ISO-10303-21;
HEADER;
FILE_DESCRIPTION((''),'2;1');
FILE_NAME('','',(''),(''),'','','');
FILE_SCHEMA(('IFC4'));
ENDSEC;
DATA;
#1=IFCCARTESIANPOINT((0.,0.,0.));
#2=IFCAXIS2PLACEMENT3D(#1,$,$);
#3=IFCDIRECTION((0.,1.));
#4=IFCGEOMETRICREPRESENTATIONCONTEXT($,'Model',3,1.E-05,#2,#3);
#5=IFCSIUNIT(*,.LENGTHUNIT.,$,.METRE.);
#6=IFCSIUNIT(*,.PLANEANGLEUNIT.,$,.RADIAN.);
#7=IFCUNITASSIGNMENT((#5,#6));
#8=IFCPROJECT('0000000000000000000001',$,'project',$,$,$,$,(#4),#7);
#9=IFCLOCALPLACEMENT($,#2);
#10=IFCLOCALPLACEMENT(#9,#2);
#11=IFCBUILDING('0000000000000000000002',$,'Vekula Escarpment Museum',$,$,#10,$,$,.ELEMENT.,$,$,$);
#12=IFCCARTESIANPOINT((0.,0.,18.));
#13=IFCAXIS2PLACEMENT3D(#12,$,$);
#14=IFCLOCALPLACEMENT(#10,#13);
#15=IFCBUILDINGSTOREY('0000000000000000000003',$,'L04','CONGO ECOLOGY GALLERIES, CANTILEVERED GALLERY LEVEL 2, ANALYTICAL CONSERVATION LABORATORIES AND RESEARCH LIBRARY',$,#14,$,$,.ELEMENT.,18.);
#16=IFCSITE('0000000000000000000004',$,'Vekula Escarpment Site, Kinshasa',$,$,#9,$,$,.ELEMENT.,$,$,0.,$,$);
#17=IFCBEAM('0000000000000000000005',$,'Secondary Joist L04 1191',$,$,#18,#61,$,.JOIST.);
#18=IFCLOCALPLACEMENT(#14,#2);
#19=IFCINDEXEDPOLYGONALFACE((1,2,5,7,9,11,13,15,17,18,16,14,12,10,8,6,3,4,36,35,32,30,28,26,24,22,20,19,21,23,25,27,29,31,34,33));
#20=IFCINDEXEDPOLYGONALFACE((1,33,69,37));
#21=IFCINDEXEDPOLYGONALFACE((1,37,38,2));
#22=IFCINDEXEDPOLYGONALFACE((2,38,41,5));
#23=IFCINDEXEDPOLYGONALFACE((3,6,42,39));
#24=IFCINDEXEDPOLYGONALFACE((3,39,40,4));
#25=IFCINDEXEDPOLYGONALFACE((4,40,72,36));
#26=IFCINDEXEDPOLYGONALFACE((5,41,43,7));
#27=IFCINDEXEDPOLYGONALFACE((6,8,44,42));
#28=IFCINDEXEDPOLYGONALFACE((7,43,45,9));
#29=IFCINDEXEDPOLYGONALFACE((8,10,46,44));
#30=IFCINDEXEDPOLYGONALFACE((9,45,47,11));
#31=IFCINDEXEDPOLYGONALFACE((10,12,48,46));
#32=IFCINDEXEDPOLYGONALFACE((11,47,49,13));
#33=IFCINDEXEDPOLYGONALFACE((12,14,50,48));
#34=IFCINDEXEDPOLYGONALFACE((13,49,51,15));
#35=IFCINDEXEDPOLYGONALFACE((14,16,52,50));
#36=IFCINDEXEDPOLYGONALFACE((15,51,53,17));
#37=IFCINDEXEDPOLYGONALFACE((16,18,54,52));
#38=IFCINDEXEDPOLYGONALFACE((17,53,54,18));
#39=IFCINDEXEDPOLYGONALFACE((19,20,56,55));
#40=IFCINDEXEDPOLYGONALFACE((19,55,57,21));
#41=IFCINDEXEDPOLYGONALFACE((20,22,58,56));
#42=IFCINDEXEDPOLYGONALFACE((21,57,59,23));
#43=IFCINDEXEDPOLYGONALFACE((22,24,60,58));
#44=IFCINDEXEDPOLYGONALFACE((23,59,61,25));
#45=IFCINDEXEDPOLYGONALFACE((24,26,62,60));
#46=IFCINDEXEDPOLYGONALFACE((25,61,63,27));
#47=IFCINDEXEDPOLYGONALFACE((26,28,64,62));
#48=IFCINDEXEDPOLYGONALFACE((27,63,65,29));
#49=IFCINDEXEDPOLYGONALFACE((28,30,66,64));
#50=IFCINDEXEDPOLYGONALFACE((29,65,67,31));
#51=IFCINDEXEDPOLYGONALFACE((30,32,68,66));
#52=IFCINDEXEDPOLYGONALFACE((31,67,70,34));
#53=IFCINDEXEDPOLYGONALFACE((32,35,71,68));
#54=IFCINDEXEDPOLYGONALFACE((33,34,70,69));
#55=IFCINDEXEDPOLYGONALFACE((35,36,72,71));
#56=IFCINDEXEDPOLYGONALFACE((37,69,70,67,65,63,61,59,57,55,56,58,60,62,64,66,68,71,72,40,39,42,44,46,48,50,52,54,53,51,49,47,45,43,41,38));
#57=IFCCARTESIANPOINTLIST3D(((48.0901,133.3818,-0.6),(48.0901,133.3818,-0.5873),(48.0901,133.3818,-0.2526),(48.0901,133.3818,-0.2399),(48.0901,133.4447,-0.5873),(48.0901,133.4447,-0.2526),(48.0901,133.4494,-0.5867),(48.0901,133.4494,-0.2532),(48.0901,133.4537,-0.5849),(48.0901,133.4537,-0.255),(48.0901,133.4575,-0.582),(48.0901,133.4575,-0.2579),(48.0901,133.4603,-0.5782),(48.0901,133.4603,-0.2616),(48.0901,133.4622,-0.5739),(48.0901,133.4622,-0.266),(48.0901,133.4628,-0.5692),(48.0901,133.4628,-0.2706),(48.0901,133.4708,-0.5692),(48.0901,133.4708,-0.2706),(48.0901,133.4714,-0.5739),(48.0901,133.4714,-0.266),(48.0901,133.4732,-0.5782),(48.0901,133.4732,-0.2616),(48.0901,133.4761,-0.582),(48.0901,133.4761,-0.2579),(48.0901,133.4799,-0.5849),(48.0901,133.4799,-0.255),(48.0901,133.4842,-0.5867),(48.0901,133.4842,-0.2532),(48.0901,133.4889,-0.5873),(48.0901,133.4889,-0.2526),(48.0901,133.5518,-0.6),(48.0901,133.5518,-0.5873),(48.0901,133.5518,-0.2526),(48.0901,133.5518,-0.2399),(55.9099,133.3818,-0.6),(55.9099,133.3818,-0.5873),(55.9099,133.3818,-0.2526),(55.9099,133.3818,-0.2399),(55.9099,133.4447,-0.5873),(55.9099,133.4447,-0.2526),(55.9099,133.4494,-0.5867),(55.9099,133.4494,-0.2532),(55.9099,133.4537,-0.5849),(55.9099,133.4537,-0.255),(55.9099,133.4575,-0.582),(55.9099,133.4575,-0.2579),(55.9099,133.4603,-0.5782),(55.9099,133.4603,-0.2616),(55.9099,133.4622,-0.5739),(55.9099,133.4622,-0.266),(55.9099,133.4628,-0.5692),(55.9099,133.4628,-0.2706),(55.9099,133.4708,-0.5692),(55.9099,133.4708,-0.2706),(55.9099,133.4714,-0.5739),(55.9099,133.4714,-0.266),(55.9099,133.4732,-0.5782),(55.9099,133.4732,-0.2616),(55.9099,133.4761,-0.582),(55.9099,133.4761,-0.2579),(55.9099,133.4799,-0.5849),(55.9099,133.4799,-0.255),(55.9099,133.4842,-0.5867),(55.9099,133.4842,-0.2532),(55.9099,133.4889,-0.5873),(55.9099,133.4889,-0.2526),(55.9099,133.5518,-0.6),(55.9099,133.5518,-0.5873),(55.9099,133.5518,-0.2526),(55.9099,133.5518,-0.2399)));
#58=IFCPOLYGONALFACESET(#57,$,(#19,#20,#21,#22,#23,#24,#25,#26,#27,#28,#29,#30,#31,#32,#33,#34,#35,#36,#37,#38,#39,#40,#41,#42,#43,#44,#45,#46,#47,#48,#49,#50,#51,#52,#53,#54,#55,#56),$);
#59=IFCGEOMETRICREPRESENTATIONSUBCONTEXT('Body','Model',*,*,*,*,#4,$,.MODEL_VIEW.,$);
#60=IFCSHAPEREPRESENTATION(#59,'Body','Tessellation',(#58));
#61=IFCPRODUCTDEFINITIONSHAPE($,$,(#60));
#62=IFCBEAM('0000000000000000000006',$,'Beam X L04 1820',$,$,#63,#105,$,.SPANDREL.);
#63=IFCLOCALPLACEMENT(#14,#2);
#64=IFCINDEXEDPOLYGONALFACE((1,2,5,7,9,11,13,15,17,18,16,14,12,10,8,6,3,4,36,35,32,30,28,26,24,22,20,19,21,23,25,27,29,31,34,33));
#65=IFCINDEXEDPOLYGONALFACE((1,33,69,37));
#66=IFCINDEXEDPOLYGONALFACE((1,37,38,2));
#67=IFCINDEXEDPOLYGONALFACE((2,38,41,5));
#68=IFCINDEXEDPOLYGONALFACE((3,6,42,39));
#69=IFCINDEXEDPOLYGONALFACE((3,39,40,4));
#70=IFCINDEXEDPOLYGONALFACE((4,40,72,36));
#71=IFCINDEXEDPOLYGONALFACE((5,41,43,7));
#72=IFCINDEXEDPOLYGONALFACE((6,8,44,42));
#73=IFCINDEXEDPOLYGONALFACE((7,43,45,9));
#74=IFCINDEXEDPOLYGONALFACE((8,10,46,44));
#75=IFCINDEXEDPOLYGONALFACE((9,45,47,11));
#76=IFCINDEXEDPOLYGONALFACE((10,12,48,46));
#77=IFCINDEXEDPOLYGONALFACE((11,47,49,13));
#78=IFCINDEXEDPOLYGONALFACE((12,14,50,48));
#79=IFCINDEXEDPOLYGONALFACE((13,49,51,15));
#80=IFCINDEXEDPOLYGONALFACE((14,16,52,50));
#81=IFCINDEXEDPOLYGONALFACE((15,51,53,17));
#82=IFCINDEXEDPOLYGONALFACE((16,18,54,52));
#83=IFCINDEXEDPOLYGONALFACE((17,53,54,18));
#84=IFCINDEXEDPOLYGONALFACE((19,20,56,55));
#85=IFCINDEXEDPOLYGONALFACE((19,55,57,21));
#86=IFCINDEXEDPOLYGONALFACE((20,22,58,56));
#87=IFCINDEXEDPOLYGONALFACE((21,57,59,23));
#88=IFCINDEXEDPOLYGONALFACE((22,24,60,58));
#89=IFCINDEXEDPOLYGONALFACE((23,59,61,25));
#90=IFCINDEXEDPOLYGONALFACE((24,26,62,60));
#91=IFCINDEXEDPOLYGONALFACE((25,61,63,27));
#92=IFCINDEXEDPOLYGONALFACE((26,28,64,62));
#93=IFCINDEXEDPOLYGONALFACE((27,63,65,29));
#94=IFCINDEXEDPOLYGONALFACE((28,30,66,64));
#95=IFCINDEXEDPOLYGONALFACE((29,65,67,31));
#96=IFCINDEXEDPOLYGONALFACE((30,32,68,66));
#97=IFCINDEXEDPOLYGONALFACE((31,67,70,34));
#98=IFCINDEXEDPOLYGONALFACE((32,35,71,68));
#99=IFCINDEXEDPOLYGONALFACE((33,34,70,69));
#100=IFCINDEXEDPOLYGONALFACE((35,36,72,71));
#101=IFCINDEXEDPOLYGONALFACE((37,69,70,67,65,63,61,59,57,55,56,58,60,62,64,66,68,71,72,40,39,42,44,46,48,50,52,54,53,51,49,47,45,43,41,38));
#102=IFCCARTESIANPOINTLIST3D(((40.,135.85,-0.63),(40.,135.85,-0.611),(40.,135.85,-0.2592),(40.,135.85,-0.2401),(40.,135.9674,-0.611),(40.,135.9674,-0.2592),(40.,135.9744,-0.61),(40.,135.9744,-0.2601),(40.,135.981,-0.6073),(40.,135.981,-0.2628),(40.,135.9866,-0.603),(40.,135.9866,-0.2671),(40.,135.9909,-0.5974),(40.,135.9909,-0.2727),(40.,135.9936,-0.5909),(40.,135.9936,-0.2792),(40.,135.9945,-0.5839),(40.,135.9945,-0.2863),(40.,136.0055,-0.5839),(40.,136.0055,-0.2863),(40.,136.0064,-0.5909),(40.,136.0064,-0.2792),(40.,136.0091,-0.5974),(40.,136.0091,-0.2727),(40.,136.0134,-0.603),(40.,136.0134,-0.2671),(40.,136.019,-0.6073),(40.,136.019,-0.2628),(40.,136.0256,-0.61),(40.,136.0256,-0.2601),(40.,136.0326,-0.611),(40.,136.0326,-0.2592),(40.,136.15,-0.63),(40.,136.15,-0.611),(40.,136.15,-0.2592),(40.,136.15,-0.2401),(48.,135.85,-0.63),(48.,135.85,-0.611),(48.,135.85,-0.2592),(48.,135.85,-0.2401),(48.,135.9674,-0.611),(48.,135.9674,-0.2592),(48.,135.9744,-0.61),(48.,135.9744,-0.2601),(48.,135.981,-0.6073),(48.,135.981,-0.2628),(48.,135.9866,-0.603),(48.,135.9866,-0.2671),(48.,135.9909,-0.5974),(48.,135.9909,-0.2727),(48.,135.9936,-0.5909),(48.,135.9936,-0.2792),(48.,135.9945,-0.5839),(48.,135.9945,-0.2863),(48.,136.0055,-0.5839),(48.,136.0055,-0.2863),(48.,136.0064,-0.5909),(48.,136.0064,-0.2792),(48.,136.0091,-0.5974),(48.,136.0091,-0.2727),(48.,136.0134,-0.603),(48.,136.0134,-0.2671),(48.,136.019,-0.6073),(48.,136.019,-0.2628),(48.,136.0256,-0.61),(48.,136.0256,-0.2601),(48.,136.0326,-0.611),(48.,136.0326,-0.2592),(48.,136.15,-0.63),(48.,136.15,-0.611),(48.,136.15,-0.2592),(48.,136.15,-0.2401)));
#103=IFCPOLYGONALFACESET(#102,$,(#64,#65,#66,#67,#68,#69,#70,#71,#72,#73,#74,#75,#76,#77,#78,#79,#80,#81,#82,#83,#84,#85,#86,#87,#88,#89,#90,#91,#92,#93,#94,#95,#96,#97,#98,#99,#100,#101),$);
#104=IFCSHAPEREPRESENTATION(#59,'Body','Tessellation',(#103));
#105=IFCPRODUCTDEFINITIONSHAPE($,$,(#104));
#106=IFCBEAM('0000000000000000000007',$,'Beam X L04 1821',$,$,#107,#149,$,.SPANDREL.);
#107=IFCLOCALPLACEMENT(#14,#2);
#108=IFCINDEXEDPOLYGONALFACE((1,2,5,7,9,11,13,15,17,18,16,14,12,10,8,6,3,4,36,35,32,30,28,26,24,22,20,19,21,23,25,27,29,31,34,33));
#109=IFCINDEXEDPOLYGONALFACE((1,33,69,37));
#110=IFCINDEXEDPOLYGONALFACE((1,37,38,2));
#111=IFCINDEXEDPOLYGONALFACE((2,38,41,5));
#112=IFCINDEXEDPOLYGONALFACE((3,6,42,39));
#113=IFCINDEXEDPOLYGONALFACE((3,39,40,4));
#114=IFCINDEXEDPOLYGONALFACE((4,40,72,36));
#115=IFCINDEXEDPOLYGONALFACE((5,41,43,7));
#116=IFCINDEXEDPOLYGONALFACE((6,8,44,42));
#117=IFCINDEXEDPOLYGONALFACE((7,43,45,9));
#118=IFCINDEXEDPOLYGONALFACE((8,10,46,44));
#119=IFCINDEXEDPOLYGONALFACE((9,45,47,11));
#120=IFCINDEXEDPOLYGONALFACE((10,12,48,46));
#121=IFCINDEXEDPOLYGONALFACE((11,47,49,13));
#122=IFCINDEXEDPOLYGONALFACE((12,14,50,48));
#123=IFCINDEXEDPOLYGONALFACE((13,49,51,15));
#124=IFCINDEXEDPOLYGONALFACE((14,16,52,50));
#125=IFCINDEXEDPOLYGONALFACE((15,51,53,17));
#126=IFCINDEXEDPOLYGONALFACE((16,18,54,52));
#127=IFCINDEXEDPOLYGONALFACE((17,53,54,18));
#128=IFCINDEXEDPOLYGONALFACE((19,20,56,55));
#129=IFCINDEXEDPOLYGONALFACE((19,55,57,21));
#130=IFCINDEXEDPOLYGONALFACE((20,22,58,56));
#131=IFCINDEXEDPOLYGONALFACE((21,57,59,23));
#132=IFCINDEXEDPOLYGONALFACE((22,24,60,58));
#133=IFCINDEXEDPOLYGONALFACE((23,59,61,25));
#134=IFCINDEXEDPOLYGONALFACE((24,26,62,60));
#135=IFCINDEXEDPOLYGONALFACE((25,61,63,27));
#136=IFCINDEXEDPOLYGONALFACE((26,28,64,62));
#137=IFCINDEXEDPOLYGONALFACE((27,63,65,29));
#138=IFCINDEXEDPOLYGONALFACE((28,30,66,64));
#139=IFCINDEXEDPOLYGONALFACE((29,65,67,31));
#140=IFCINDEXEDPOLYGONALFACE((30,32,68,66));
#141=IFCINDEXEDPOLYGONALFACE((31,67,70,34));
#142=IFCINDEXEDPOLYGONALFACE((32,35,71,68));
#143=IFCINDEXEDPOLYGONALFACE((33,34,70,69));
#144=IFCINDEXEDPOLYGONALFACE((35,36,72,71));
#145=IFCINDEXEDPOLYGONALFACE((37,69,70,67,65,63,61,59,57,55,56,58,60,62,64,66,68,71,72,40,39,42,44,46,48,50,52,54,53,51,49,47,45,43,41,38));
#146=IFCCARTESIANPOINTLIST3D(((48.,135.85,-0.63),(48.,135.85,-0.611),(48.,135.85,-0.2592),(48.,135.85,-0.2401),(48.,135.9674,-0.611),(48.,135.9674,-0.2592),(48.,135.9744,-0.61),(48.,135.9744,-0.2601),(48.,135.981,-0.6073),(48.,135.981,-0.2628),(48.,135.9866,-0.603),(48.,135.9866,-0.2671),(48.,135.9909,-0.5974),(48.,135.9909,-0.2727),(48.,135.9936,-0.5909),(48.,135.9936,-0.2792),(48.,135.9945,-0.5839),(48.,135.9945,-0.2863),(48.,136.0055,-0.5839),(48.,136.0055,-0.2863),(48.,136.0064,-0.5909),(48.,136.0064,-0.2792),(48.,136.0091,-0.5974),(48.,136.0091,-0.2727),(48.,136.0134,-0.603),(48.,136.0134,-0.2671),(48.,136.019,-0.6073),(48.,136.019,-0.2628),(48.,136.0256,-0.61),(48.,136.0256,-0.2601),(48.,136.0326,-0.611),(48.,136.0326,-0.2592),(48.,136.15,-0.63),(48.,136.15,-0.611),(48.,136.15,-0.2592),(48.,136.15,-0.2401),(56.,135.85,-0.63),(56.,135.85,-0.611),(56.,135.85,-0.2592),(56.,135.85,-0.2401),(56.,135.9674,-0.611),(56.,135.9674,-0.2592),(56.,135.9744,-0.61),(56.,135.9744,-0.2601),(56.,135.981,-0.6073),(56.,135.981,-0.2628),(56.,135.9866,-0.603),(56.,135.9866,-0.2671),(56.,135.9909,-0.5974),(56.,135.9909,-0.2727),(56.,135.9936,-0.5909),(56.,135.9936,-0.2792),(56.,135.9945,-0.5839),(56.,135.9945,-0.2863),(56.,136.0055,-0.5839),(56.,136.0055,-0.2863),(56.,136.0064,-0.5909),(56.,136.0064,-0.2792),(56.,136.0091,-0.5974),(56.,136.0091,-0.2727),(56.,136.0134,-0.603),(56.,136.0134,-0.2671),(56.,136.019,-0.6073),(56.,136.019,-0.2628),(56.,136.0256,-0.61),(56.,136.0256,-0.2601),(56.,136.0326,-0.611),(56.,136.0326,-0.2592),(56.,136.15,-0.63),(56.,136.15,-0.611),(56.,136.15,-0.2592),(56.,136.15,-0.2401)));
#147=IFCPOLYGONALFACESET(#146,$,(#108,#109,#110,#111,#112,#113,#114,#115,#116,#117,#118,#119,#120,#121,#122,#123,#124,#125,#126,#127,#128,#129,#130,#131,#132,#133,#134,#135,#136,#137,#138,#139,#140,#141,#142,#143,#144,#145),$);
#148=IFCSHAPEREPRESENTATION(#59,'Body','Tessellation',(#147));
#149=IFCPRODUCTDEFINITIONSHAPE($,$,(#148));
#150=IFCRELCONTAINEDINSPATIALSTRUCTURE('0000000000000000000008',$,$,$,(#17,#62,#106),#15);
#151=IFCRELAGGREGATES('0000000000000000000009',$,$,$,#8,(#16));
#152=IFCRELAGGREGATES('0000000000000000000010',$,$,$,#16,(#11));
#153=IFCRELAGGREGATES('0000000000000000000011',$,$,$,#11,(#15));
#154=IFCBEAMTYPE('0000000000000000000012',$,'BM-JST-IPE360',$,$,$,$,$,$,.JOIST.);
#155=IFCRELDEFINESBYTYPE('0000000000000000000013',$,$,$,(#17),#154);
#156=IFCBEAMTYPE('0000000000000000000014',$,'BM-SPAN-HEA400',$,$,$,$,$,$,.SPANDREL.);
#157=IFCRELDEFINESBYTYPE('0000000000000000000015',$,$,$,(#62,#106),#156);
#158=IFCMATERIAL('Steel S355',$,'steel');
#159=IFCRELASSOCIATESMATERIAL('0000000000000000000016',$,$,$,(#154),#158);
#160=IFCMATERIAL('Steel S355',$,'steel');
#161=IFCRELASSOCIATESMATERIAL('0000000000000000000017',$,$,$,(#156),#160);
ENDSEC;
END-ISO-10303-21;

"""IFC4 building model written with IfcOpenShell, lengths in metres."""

from ifc_helpers import new_model, si_unit, direction, frame, origin, origin_2d, place, context, subcontext, project, spatial, i_section, extrude, material, material_profile, profile_set, type_object, element, save


model = new_model("IFC4")

# Units and contexts
model_context = context("Model", 3, precision=1e-05, world=origin(), true_north=direction((0.0, 1.0)))
body_context = subcontext(model_context, "Body", "Model", "MODEL_VIEW")
ifc_project = project(units=[si_unit("LENGTHUNIT", "METRE"), si_unit("PLANEANGLEUNIT", "RADIAN")], contexts=[model_context])

# Site, building, storey
site_placement = place(None, origin())
site = spatial("IfcSite", under=ifc_project, at=site_placement, Name="Vekula Escarpment Site, Kinshasa", CompositionType="ELEMENT", RefElevation=0.0)
building_placement = place(site_placement, origin())
building = spatial("IfcBuilding", under=site, at=building_placement, Name="Vekula Escarpment Museum", CompositionType="ELEMENT")
storey_placement = place(building_placement, frame((0.0, 0.0, 18.0)))
storey = spatial("IfcBuildingStorey", under=building, at=storey_placement, Name="L04", Description="CONGO ECOLOGY GALLERIES, CANTILEVERED GALLERY LEVEL 2, ANALYTICAL CONSERVATION LABORATORIES AND RESEARCH LIBRARY", CompositionType="ELEMENT", Elevation=18.0)

# Beams
ifc_material_1 = material(Name="Steel S355", Category="steel")
ifc_material_profile_1 = material_profile(ifc_material_1, i_section(OverallWidth=0.1699, OverallDepth=0.3601, WebThickness=0.0081, FlangeThickness=0.0127, FilletRadius=0.0181, at=origin_2d()), Name="IPE 360")
ifc_profile_set_1 = profile_set([ifc_material_profile_1], Name="Steel S355")
beam_type_1 = type_object("IfcBeamType", Name="BM-JST-IPE360", PredefinedType="JOIST", material=ifc_profile_set_1)
for number, where, z_axis, x_axis, name in (
    (1, (48.0901, 133.4668, -0.4199), (1.0, 0.0, 0.0), (0.0, 1.0, 0.0), "Secondary Joist L04 1191"),
):
    element("IfcBeam", number, at=place(storey_placement, frame(where, z_axis=z_axis, x_axis=x_axis)), inside=storey, type_object=beam_type_1, Name=name, PredefinedType="JOIST", context=body_context, shape_type="SweptSolid", body=[
        extrude(i_section(OverallWidth=0.1699, OverallDepth=0.3601, WebThickness=0.0081, FlangeThickness=0.0127, FilletRadius=0.0181, at=origin_2d()), origin(), (0.0, 0.0, 1.0), 7.8198),
    ])
ifc_material_2 = material(Name="Steel S355", Category="steel")
ifc_material_profile_2 = material_profile(ifc_material_2, i_section(OverallWidth=0.3, OverallDepth=0.3899, WebThickness=0.011, FlangeThickness=0.019, FilletRadius=0.0271, at=origin_2d()), Name="HEA 400")
ifc_profile_set_2 = profile_set([ifc_material_profile_2], Name="Steel S355")
beam_type_2 = type_object("IfcBeamType", Name="BM-SPAN-HEA400", PredefinedType="SPANDREL", material=ifc_profile_set_2)
for number, where, z_axis, x_axis, name in (
    (2, (40.0, 136.0, -0.4351), (1.0, 0.0, 0.0), (0.0, 1.0, 0.0), "Beam X L04 1820"),
    (3, (48.0, 136.0, -0.4351), (1.0, 0.0, 0.0), (0.0, 1.0, 0.0), "Beam X L04 1821"),
):
    element("IfcBeam", number, at=place(storey_placement, frame(where, z_axis=z_axis, x_axis=x_axis)), inside=storey, type_object=beam_type_2, Name=name, PredefinedType="SPANDREL", context=body_context, shape_type="SweptSolid", body=[
        extrude(i_section(OverallWidth=0.3, OverallDepth=0.3899, WebThickness=0.011, FlangeThickness=0.019, FilletRadius=0.0271, at=origin_2d()), origin(), (0.0, 0.0, 1.0), 8.0),
    ])

save(model, "model.ifc")
